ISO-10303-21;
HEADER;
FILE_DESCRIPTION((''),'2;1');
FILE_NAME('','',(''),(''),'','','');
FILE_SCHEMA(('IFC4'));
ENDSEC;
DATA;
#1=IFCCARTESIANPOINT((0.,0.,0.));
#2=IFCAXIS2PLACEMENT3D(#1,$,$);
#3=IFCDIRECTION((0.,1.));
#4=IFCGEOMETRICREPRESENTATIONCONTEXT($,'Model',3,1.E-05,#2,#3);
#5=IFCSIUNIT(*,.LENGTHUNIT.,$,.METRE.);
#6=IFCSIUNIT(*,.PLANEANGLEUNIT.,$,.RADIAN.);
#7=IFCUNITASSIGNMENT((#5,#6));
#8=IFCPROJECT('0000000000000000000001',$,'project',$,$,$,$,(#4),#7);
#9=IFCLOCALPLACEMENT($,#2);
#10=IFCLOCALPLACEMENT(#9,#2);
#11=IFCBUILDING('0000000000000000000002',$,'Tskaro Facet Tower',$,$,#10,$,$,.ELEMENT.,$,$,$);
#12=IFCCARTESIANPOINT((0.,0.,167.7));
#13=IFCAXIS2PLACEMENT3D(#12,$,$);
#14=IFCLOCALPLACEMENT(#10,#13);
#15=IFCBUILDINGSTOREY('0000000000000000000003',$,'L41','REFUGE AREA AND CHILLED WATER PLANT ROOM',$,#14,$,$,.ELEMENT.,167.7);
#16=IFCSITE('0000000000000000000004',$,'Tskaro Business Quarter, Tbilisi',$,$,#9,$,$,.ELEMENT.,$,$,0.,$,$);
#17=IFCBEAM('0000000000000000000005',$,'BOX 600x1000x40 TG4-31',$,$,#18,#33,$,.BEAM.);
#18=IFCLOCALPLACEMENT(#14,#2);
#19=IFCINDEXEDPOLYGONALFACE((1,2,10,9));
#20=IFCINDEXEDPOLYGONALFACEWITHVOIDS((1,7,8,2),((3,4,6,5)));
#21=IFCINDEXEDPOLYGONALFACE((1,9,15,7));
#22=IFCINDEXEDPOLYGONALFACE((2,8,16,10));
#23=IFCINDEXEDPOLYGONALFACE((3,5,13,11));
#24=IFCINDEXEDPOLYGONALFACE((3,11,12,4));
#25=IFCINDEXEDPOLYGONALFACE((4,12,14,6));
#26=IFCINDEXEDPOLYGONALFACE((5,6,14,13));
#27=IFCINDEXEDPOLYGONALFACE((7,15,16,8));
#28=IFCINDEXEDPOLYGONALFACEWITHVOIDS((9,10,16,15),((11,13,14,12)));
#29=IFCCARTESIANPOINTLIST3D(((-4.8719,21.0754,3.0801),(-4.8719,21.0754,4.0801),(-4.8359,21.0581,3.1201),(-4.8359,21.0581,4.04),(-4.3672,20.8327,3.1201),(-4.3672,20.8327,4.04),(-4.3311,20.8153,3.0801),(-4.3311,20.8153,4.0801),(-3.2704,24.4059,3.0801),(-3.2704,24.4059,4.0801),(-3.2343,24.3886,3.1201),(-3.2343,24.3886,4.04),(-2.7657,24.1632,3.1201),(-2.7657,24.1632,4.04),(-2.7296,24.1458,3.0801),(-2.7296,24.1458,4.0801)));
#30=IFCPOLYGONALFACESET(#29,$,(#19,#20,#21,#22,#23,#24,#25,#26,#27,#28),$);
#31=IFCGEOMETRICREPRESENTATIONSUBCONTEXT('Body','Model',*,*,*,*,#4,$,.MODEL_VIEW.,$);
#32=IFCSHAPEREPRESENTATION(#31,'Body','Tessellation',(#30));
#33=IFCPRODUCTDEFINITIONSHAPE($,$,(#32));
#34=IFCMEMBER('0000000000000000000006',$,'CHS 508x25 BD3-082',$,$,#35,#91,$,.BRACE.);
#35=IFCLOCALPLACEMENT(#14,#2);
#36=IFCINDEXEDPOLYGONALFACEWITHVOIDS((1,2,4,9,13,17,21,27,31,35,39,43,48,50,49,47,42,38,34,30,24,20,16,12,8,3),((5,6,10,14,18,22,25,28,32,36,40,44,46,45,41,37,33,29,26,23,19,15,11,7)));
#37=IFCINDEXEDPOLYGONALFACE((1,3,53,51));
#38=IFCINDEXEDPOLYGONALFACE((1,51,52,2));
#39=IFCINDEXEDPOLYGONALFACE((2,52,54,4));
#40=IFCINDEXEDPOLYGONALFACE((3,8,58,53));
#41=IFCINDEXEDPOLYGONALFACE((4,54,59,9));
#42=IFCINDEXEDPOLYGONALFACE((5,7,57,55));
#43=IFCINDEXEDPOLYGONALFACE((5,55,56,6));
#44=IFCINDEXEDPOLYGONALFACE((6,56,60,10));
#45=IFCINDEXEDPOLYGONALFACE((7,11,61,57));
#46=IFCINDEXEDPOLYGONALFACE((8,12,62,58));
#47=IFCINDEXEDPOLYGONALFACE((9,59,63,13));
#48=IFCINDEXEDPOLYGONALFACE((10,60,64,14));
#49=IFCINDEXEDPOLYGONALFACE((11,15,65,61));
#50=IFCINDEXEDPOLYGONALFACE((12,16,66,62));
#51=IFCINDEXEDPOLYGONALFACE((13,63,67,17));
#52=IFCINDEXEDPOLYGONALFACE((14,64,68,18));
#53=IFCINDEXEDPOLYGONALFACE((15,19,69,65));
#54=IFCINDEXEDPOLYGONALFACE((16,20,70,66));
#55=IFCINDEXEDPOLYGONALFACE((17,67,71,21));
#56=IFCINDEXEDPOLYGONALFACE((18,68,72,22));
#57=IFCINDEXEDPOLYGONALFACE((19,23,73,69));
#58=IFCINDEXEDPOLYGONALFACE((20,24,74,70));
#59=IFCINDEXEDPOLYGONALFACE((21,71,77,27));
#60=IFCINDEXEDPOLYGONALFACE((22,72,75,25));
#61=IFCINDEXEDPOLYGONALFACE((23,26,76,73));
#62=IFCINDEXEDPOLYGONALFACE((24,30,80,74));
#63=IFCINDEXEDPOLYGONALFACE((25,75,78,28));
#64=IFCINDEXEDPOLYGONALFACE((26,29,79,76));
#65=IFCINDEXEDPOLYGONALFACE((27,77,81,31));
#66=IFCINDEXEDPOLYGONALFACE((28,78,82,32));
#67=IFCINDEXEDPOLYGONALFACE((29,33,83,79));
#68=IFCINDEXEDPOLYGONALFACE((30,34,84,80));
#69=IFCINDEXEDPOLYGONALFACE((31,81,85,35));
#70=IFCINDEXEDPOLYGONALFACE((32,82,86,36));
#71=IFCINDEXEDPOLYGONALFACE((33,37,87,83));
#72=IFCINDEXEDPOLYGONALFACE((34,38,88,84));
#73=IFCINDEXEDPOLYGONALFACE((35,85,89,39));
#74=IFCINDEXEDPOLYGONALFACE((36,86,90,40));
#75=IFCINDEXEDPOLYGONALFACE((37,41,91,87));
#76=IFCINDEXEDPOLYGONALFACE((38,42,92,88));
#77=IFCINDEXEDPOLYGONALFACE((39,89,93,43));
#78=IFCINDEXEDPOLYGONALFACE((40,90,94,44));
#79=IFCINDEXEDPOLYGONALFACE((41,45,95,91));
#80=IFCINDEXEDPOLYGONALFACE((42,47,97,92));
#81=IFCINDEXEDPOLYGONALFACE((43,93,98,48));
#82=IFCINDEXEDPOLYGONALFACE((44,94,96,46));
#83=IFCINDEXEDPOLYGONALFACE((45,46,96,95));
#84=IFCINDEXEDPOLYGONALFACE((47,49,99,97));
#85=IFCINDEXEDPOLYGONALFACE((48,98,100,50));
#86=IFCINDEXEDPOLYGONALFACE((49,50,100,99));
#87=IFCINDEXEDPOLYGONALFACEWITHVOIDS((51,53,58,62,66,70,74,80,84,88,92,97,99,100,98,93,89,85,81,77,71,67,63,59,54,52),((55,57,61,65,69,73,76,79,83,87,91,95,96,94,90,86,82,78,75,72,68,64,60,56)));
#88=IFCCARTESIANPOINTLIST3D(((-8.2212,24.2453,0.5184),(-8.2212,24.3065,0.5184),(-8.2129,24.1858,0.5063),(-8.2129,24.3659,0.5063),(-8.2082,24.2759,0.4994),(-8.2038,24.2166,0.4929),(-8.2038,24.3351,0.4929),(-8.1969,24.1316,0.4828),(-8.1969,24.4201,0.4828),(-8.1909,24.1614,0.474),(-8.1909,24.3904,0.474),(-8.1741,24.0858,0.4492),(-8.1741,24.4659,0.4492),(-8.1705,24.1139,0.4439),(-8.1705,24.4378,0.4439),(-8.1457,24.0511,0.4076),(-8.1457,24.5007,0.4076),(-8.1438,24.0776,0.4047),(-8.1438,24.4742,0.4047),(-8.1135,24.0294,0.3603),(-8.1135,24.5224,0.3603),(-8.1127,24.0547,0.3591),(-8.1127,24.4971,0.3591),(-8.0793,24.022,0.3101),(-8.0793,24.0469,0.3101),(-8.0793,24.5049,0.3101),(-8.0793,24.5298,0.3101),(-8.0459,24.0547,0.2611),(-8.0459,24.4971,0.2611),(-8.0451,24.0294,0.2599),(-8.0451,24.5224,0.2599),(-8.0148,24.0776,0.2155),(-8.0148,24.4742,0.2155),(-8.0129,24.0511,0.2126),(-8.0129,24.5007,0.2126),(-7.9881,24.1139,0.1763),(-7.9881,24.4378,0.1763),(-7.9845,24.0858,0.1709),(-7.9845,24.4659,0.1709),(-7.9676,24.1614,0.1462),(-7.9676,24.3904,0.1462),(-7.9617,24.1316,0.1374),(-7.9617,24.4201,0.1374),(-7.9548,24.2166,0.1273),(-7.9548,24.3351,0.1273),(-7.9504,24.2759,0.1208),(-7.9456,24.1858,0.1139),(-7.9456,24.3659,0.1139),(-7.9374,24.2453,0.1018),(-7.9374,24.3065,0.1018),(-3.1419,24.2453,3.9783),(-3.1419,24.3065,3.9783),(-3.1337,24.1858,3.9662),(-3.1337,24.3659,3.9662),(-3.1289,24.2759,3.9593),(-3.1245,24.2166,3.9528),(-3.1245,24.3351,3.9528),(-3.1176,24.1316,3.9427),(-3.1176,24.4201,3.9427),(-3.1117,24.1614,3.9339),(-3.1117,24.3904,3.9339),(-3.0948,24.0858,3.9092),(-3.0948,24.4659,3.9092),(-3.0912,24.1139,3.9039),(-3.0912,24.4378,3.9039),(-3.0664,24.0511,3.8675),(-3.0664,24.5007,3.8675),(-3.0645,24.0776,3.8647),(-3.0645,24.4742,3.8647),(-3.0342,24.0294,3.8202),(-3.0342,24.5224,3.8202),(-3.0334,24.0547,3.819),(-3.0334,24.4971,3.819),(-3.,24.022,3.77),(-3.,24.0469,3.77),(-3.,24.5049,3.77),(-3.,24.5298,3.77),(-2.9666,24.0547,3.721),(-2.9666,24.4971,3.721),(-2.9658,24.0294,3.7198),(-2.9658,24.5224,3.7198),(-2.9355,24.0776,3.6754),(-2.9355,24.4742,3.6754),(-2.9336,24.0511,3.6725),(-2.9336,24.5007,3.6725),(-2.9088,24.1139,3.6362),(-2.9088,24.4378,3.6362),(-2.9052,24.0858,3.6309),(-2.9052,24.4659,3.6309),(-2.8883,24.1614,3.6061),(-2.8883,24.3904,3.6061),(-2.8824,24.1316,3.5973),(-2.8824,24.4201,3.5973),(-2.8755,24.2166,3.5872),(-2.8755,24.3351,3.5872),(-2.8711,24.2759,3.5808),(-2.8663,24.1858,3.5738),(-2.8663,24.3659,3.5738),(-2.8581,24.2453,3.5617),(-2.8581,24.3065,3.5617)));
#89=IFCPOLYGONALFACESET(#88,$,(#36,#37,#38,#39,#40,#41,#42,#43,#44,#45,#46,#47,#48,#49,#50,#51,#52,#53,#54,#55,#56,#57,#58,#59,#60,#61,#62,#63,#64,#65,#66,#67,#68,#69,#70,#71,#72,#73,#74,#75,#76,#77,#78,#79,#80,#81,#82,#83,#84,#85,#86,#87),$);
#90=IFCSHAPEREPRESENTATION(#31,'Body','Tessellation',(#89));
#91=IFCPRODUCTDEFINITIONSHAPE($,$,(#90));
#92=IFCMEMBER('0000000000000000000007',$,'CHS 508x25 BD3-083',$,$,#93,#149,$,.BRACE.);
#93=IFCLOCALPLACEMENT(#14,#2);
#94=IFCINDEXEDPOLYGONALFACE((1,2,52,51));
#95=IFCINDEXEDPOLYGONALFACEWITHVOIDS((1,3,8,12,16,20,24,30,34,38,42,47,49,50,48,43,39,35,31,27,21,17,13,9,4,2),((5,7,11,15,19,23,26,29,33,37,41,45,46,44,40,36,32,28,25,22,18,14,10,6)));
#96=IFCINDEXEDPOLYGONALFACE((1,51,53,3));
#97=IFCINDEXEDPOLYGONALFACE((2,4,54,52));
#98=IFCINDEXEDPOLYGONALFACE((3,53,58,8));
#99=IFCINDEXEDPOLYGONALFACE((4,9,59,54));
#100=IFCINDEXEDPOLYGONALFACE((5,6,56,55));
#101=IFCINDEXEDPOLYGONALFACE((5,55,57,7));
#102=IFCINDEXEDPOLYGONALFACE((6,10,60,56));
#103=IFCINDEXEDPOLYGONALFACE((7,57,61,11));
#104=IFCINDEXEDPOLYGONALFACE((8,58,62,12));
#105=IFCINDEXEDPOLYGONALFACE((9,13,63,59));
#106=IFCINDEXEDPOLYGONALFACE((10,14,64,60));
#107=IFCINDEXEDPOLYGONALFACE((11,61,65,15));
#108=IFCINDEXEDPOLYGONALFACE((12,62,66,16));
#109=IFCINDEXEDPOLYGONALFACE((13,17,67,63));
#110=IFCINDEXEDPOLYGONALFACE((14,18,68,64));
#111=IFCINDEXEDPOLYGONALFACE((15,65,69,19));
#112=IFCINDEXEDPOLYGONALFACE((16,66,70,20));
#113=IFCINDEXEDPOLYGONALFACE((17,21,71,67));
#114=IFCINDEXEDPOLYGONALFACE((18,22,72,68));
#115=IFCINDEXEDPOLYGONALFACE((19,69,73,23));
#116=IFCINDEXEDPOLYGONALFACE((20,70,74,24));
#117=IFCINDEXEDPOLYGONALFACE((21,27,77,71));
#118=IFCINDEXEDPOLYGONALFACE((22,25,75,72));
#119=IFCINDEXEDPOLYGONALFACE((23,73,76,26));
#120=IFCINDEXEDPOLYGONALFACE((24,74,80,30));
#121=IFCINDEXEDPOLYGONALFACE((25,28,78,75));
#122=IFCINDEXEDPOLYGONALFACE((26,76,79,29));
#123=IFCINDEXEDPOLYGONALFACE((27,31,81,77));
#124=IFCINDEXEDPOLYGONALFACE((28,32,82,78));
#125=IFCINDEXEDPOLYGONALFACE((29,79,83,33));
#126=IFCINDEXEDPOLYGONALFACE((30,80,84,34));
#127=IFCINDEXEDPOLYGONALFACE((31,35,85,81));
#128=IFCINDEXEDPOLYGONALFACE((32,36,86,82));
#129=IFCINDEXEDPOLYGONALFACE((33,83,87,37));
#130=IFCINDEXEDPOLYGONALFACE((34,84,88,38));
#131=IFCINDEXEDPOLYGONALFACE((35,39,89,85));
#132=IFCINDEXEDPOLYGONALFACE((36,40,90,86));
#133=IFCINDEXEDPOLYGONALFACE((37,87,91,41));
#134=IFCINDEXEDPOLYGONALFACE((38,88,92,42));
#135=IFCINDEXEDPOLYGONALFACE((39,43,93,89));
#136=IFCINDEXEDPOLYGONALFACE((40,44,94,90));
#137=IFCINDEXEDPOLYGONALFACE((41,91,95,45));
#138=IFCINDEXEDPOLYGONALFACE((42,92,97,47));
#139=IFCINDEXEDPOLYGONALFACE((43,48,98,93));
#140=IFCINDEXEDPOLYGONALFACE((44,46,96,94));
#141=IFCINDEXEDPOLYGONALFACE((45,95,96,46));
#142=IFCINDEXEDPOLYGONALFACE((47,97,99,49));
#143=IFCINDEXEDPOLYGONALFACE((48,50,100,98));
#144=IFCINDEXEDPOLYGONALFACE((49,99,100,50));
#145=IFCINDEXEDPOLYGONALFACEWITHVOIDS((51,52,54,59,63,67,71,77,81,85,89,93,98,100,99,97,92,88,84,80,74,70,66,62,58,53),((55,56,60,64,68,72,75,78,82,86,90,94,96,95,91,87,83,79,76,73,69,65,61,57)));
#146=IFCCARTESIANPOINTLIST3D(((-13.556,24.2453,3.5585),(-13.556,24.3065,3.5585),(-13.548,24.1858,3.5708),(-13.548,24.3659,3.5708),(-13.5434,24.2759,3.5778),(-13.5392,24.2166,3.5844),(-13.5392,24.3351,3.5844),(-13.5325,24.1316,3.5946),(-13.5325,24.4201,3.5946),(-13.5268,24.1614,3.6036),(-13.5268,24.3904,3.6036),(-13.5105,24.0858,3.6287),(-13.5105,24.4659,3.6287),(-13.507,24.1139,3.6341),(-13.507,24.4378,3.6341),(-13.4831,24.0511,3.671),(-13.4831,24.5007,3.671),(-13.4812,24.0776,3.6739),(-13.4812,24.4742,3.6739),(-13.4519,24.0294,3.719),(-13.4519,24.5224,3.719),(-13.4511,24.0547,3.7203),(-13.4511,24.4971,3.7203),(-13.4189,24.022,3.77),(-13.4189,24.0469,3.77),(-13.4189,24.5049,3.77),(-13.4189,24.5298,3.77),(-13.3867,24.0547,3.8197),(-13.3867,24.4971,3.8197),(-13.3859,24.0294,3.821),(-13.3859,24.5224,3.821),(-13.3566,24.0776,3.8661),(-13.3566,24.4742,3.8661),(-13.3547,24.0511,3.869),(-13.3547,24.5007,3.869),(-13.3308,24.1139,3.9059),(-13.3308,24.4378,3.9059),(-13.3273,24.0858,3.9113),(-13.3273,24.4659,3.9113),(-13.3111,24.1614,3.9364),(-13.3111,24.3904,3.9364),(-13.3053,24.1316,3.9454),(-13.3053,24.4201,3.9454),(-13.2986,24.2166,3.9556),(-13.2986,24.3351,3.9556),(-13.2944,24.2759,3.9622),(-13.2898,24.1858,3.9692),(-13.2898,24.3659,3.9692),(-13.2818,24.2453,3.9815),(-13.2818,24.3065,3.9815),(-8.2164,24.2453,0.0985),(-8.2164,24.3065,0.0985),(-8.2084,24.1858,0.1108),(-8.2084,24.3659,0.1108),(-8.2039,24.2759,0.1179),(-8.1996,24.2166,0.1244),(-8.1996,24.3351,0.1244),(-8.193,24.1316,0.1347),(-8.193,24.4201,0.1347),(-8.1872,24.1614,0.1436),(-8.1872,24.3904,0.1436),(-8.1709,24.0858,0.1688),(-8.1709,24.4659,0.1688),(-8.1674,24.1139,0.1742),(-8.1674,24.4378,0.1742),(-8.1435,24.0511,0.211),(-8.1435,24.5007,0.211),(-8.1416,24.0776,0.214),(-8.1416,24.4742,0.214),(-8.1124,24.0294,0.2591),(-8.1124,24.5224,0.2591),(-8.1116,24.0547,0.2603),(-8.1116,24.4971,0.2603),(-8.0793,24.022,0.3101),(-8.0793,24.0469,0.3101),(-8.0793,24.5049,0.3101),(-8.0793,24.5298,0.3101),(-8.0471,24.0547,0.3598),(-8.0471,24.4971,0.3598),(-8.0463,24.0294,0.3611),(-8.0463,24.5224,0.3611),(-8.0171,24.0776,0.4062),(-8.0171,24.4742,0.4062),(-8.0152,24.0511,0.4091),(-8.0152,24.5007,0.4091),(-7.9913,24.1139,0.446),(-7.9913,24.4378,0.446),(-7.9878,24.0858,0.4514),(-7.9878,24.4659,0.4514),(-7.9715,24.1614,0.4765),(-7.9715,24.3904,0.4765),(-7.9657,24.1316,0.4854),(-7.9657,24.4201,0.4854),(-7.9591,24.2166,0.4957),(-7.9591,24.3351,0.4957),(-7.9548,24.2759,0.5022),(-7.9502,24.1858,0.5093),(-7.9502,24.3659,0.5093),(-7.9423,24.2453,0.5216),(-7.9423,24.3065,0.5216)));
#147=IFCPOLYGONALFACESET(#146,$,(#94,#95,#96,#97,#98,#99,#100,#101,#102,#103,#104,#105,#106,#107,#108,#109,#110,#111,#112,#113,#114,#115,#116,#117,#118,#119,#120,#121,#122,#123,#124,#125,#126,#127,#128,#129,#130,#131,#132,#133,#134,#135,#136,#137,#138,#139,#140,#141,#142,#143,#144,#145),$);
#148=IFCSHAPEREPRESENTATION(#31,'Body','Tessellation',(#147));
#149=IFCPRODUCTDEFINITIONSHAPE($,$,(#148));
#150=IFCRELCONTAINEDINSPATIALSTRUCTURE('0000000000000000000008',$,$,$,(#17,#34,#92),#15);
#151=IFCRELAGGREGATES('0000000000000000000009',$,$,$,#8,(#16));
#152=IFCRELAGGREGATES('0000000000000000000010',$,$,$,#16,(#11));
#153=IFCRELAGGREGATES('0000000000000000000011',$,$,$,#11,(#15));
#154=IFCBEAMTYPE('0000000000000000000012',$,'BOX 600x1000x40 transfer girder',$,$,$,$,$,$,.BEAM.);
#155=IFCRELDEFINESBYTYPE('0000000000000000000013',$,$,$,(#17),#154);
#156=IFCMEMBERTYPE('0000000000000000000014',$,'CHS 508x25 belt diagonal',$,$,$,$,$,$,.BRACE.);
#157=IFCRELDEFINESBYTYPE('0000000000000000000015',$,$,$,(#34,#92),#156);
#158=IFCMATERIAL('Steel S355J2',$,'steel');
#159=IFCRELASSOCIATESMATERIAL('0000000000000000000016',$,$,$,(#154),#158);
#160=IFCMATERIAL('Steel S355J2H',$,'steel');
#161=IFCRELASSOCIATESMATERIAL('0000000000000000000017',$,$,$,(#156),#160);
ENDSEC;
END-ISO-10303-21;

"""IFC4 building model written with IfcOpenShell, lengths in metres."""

from ifc_helpers import new_model, si_unit, direction, frame, origin, origin_2d, place, context, subcontext, project, spatial, hollow_rectangle, hollow_circle, extrude, material, material_profile, profile_set, type_object, element, save


model = new_model("IFC4")

# Units and contexts
model_context = context("Model", 3, precision=1e-05, world=origin(), true_north=direction((0.0, 1.0)))
body_context = subcontext(model_context, "Body", "Model", "MODEL_VIEW")
ifc_project = project(units=[si_unit("LENGTHUNIT", "METRE"), si_unit("PLANEANGLEUNIT", "RADIAN")], contexts=[model_context])

# Site, building, storey
site_placement = place(None, origin())
site = spatial("IfcSite", under=ifc_project, at=site_placement, Name="Tskaro Business Quarter, Tbilisi", CompositionType="ELEMENT", RefElevation=0.0)
building_placement = place(site_placement, origin())
building = spatial("IfcBuilding", under=site, at=building_placement, Name="Tskaro Facet Tower", CompositionType="ELEMENT")
storey_placement = place(building_placement, frame((0.0, 0.0, 167.7)))
storey = spatial("IfcBuildingStorey", under=building, at=storey_placement, Name="L41", Description="REFUGE AREA AND CHILLED WATER PLANT ROOM", CompositionType="ELEMENT", Elevation=167.7)

# Shared definitions
ifc_material_1 = material(Name="Steel S355J2H", Category="steel")

# Beam
ifc_material_2 = material(Name="Steel S355J2", Category="steel")
ifc_material_profile_1 = material_profile(ifc_material_2, hollow_rectangle(XDim=0.6001, YDim=1.0, WallThickness=0.04, at=origin_2d()), Name="BOX 600x1000x40")
ifc_profile_set_1 = profile_set([ifc_material_profile_1], Name="Steel S355J2")
beam_type_1 = type_object("IfcBeamType", Name="BOX 600x1000x40 transfer girder", PredefinedType="BEAM", material=ifc_profile_set_1)
beam_1_placement = place(storey_placement, frame((-3.0, 24.2759, 3.5801), z_axis=(-0.433367, -0.901218, 0.0), x_axis=(0.901218, -0.433367, 0.0)))
element("IfcBeam", 1, at=beam_1_placement, inside=storey, type_object=beam_type_1, Name="BOX 600x1000x40 TG4-31", PredefinedType="BEAM", context=body_context, shape_type="SweptSolid", body=[
    extrude(hollow_rectangle(XDim=0.6001, YDim=1.0, WallThickness=0.04, at=origin_2d()), origin(), (0.0, 0.0, 1.0), 3.6956),
])

# Members
ifc_material_profile_2 = material_profile(ifc_material_1, hollow_circle(Radius=0.2539, WallThickness=0.0249, at=origin_2d()), Name="CHS 508x25")
ifc_profile_set_2 = profile_set([ifc_material_profile_2], Name="Steel S355J2H")
member_type_1 = type_object("IfcMemberType", Name="CHS 508x25 belt diagonal", PredefinedType="BRACE", material=ifc_profile_set_2)
member_1_placement = place(storey_placement, frame((-3.0, 24.2759, 3.77), z_axis=(-0.826472, 0.0, -0.562978), x_axis=(0.0, -1.0, 0.0)))
element("IfcMember", 2, at=member_1_placement, inside=storey, type_object=member_type_1, Name="CHS 508x25 BD3-082", PredefinedType="BRACE", context=body_context, shape_type="SweptSolid", body=[
    extrude(hollow_circle(Radius=0.2539, WallThickness=0.0249, at=origin_2d()), origin(), (0.0, 0.0, 1.0), 6.1458),
])
member_2_placement = place(storey_placement, frame((-8.0793, 24.2759, 0.3101), z_axis=(-0.839217, 0.0, 0.543797), x_axis=(0.0, -1.0, 0.0)))
element("IfcMember", 3, at=member_2_placement, inside=storey, type_object=member_type_1, Name="CHS 508x25 BD3-083", PredefinedType="BRACE", context=body_context, shape_type="SweptSolid", body=[
    extrude(hollow_circle(Radius=0.2539, WallThickness=0.0249, at=origin_2d()), origin(), (0.0, 0.0, 1.0), 6.3625),
])

save(model, "model.ifc")
